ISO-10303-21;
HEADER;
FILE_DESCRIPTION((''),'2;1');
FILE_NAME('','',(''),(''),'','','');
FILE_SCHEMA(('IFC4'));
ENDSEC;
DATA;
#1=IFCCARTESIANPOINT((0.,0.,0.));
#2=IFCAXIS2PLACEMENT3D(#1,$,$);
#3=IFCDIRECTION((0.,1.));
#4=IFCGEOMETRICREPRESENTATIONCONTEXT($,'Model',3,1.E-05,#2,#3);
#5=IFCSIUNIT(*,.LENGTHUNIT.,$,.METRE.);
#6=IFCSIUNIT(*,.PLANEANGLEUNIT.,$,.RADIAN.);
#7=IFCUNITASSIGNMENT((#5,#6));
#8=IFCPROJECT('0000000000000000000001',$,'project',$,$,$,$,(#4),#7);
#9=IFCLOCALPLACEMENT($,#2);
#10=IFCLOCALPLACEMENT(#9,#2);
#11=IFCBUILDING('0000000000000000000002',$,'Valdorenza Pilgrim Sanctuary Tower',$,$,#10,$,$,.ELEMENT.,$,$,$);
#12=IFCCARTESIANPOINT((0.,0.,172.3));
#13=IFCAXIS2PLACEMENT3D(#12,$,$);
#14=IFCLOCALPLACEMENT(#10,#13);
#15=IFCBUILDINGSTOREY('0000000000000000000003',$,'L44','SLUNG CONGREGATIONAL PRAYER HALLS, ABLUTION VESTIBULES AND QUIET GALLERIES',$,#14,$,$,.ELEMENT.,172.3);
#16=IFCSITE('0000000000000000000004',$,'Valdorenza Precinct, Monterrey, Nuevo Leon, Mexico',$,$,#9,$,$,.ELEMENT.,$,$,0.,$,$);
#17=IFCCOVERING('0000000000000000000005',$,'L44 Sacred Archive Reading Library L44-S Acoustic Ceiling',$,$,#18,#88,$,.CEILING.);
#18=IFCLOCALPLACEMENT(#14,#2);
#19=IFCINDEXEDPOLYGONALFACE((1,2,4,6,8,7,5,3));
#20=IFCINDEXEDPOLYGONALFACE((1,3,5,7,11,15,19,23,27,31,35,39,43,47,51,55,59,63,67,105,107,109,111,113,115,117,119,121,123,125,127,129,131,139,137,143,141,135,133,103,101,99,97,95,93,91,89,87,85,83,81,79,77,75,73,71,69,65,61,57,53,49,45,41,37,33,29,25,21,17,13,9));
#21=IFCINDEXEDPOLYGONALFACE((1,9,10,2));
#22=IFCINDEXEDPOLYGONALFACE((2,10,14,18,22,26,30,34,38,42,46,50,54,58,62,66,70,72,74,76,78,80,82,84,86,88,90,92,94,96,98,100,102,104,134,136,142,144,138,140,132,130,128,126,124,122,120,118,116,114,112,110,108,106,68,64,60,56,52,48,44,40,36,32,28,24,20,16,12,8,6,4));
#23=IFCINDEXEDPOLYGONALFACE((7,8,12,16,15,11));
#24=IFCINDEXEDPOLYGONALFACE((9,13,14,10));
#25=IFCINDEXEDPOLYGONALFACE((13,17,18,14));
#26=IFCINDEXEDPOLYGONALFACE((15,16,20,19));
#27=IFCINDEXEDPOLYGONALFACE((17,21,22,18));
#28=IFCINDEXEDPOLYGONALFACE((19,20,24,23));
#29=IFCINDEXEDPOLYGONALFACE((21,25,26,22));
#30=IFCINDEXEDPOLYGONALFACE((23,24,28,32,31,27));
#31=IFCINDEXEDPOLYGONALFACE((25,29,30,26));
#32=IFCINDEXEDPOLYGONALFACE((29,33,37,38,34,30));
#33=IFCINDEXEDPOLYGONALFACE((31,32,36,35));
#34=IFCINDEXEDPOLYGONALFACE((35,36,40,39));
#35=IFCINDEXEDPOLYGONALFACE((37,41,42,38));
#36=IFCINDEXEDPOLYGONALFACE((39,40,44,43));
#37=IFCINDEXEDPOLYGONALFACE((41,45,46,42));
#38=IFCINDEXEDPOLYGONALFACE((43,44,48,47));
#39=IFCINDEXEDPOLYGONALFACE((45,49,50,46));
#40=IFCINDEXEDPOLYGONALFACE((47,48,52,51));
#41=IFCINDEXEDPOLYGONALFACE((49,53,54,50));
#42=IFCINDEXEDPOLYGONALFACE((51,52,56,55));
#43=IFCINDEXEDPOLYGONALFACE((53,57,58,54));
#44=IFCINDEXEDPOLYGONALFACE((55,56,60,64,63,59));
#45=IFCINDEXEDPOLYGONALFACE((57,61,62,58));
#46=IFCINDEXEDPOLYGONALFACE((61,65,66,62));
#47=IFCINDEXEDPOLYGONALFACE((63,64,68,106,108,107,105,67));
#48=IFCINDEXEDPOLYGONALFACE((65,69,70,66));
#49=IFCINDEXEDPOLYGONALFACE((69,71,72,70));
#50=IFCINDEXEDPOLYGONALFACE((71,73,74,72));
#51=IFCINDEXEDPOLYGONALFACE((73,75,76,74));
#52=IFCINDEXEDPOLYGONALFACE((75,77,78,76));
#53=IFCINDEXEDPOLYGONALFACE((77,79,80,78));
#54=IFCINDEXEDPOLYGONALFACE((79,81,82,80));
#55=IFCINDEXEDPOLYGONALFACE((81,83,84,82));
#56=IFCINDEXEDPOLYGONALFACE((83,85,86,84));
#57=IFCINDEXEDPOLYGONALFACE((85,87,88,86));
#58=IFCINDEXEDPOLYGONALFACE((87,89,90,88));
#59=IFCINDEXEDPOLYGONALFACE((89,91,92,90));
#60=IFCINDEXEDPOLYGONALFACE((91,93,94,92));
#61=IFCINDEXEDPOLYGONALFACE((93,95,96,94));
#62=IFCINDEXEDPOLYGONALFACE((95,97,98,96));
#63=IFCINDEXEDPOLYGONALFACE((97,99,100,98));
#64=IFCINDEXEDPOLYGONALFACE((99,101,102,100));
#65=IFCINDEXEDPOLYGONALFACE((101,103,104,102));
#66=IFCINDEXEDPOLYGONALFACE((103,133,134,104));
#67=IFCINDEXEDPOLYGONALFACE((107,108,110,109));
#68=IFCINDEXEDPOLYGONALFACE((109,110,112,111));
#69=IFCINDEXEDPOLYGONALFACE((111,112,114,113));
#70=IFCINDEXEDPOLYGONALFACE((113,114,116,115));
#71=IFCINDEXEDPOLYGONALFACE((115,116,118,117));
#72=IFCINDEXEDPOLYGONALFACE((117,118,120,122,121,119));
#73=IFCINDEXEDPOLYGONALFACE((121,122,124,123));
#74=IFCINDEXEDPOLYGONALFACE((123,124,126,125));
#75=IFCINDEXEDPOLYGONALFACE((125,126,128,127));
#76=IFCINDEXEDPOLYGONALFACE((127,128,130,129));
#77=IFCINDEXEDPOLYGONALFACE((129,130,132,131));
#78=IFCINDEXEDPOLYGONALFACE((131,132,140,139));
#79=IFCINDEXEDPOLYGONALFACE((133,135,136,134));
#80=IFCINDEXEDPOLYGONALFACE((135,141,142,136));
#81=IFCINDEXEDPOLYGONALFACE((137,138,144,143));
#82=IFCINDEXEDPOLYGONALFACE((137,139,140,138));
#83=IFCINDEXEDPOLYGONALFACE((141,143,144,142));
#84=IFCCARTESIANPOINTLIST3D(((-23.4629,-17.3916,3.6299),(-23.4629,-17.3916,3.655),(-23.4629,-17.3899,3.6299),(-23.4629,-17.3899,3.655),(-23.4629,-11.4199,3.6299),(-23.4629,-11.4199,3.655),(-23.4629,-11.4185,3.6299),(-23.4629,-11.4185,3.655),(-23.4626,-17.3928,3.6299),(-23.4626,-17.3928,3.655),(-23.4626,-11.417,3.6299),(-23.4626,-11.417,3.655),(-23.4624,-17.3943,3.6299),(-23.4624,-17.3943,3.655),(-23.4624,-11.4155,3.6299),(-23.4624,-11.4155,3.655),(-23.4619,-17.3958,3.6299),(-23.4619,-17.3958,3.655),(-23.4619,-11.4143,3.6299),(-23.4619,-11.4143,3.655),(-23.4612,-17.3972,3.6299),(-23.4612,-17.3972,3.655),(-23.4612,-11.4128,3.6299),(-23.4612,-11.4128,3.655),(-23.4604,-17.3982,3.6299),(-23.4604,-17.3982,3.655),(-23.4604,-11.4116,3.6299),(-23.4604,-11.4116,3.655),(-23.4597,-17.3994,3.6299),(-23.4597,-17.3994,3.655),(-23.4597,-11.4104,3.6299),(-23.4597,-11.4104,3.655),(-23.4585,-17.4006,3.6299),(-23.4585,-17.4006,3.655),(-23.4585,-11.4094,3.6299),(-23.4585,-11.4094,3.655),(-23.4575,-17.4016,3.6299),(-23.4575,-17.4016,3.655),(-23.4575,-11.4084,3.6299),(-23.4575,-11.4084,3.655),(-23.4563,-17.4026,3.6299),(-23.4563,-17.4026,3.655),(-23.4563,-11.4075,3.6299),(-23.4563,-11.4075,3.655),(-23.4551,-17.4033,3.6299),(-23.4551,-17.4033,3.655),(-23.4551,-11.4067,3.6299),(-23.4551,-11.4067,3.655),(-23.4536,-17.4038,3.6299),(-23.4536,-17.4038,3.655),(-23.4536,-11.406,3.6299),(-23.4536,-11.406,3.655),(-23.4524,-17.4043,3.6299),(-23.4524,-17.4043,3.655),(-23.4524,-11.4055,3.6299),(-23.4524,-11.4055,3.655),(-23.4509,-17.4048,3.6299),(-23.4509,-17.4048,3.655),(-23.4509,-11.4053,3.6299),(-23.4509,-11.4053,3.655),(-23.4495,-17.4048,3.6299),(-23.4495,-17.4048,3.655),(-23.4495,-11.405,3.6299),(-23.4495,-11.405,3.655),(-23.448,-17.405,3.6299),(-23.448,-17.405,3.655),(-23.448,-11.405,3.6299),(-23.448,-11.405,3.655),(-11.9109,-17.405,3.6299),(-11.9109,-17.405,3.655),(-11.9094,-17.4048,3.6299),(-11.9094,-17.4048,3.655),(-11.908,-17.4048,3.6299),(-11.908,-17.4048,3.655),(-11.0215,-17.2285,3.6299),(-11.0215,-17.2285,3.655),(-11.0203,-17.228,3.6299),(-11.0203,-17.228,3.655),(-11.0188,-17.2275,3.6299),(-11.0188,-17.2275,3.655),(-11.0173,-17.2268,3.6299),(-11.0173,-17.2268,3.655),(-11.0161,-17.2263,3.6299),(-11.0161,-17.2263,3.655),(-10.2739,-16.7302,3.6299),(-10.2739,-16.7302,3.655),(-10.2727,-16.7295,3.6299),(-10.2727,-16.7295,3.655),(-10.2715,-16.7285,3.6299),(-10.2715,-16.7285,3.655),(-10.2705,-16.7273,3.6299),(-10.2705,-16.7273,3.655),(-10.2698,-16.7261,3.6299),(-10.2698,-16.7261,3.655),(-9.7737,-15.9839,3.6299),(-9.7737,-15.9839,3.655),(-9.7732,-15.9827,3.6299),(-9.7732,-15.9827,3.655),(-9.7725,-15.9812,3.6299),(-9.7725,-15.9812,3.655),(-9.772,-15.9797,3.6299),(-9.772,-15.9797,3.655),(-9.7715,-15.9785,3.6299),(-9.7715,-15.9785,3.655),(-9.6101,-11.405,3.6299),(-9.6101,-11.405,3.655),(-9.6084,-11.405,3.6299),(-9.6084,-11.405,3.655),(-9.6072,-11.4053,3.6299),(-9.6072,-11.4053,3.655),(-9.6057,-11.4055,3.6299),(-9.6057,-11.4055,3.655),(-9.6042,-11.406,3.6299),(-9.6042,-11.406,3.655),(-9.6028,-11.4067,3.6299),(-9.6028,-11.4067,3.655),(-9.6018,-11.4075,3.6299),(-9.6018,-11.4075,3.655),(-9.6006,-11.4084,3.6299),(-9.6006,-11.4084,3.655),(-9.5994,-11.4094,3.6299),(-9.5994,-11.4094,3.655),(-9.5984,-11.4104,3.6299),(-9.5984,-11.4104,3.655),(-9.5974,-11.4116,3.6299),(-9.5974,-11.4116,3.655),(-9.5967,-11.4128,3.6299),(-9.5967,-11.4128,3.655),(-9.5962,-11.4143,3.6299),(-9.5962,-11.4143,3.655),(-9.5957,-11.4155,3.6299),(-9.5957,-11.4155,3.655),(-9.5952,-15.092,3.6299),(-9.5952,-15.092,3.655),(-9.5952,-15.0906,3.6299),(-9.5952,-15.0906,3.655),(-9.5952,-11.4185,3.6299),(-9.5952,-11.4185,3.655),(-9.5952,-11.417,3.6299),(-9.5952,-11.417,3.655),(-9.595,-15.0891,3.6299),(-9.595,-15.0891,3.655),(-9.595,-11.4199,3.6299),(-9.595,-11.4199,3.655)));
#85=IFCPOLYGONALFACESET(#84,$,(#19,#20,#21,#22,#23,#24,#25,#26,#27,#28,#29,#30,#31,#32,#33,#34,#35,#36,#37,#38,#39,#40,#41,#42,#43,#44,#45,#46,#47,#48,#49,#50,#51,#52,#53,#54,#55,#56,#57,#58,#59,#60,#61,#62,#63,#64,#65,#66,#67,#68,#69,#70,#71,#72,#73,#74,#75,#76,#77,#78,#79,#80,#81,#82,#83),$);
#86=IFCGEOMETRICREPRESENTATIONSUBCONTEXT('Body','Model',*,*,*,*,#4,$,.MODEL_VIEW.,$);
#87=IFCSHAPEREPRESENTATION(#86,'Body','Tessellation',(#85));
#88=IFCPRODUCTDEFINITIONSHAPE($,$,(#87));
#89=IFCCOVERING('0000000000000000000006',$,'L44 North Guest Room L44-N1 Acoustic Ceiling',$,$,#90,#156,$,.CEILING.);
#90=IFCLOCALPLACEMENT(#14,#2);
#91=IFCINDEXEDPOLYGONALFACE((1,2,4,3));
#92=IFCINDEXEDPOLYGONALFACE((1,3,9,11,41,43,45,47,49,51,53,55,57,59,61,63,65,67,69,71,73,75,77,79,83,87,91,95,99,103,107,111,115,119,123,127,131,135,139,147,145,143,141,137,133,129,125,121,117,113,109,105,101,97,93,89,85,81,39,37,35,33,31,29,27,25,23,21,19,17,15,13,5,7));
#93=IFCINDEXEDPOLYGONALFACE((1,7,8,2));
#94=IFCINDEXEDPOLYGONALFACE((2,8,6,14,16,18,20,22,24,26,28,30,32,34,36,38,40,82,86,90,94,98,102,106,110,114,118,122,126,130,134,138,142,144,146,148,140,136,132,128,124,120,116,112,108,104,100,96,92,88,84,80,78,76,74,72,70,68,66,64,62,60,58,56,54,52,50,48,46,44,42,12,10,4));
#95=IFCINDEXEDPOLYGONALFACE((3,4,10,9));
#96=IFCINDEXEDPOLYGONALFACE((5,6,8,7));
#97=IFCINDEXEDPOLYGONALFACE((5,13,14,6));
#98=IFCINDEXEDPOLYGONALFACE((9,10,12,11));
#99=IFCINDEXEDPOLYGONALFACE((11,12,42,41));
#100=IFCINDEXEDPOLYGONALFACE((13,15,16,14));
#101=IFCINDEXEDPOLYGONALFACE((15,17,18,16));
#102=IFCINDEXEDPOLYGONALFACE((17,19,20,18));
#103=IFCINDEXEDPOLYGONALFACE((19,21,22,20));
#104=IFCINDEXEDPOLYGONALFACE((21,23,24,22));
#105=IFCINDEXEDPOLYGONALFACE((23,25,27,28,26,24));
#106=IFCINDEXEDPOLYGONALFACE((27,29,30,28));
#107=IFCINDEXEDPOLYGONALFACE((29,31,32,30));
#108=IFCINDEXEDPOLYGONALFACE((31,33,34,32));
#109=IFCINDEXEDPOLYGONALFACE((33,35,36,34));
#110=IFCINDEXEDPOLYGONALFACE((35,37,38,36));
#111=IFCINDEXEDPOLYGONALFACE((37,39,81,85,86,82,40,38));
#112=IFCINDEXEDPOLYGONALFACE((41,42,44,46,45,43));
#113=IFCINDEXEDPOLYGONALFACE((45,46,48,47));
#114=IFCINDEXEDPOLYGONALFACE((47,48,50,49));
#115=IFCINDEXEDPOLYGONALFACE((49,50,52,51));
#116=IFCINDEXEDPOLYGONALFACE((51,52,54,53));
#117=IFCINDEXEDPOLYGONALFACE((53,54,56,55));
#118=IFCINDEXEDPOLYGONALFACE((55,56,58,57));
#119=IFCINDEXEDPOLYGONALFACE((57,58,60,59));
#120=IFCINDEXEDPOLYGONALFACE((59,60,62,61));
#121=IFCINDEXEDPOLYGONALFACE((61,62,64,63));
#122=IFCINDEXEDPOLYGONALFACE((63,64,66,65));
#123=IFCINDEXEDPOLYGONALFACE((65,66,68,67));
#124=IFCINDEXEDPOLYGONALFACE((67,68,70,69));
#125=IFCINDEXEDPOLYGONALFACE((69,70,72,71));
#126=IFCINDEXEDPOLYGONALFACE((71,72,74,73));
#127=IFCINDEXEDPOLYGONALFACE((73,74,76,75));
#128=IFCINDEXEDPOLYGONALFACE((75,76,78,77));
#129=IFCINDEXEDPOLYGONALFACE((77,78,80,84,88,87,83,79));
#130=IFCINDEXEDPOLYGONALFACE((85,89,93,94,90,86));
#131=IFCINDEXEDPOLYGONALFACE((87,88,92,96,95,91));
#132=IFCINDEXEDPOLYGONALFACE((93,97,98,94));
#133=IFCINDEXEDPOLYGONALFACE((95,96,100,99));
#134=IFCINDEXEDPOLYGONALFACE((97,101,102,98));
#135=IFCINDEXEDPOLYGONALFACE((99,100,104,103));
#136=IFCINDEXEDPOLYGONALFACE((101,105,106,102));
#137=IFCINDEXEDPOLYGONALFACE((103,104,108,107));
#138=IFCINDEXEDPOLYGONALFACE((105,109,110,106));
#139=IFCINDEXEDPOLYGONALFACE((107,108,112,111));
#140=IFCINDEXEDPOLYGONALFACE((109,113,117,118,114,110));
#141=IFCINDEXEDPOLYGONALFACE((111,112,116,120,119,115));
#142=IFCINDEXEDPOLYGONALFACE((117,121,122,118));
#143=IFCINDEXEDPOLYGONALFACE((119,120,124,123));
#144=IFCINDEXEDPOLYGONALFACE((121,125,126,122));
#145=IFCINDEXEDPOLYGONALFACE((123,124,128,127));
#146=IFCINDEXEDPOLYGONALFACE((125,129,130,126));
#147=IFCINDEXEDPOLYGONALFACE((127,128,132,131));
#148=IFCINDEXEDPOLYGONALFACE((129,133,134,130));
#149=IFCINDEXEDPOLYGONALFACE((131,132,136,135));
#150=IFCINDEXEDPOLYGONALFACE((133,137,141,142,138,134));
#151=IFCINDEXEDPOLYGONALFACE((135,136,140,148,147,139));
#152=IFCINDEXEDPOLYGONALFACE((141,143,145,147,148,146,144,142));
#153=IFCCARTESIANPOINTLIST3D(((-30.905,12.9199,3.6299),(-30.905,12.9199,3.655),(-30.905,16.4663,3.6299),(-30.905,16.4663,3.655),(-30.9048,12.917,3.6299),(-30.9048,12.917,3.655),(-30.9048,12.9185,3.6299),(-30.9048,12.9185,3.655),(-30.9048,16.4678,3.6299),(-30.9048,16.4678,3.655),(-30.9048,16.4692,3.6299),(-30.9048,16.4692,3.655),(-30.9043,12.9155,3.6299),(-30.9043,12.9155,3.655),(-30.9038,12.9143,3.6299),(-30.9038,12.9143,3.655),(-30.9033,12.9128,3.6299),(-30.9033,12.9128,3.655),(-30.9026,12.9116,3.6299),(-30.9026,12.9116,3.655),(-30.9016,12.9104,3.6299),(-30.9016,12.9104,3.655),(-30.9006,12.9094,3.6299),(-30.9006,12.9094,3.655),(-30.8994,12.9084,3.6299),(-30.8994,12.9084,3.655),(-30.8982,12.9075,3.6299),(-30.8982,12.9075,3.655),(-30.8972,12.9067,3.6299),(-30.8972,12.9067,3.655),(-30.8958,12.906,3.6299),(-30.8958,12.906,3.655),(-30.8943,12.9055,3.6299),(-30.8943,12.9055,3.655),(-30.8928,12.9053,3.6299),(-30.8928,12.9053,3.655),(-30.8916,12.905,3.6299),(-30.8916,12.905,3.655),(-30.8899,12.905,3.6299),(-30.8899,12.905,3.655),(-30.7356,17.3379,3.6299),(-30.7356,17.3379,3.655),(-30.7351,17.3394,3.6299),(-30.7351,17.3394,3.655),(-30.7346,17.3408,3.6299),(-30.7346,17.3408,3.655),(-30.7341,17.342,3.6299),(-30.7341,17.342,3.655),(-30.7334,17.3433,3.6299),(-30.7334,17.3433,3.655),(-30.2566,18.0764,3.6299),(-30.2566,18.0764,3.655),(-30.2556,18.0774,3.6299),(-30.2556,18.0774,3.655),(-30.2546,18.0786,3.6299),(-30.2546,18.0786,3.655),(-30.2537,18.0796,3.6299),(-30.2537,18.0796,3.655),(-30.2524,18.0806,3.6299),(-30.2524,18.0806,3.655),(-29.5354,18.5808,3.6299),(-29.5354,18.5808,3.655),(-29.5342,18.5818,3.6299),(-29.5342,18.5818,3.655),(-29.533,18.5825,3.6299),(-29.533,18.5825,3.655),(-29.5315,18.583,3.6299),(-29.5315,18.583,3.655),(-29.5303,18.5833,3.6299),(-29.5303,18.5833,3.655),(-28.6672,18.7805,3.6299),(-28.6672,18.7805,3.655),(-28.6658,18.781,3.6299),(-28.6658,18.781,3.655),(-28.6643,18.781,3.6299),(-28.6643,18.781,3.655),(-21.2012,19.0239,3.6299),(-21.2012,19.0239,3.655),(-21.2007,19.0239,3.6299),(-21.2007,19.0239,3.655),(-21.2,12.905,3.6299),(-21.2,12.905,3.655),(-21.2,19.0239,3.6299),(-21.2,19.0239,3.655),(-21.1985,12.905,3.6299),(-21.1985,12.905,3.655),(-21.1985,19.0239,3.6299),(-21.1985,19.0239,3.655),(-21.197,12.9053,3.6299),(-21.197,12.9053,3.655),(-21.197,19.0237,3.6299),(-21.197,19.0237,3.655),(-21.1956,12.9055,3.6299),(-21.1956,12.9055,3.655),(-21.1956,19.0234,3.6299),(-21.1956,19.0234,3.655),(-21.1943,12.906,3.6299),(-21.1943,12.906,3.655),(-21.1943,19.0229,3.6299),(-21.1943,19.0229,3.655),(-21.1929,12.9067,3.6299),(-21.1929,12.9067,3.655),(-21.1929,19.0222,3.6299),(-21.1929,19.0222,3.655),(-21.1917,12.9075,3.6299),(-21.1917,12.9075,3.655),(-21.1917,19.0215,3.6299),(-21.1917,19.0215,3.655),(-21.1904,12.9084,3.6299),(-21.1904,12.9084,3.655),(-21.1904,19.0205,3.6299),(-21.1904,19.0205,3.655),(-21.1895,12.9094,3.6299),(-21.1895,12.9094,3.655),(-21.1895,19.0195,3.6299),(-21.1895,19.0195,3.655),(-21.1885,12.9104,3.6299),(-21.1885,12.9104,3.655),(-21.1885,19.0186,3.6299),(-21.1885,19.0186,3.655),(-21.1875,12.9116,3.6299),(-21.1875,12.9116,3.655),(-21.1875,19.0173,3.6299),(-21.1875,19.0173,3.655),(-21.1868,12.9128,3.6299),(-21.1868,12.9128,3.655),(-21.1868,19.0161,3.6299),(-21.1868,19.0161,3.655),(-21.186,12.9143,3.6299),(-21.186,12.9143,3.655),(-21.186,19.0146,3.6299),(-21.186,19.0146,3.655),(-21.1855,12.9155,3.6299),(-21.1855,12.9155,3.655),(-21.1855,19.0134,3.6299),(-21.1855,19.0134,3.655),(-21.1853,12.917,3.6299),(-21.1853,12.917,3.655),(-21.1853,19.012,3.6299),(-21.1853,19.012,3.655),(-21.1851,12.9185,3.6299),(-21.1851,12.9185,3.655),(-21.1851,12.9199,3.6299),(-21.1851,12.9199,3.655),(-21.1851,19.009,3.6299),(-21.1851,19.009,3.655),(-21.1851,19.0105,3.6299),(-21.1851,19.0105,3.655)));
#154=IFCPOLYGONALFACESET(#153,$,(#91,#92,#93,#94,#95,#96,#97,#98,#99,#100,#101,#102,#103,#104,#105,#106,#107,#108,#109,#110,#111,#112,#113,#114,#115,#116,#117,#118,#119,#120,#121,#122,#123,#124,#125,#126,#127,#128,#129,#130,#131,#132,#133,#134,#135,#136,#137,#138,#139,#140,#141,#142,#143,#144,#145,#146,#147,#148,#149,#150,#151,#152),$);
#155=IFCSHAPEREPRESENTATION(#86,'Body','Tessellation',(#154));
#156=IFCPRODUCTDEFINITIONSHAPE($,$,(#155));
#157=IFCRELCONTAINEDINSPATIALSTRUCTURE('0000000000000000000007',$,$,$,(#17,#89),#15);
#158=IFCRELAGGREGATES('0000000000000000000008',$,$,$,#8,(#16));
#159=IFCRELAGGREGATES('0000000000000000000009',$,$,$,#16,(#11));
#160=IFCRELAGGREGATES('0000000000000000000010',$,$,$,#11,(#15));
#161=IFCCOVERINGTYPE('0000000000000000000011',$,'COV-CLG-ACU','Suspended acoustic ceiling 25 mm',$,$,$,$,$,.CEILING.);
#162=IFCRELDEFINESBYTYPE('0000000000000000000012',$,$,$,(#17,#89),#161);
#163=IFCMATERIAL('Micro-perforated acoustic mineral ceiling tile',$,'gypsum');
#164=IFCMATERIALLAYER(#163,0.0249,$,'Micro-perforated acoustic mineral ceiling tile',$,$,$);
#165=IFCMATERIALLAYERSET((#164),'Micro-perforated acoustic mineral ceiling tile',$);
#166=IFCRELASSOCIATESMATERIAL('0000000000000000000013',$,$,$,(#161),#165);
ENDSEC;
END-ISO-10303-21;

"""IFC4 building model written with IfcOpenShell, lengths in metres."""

from ifc_helpers import new_model, si_unit, direction, frame, origin, place, context, subcontext, project, spatial, polyline, outline, extrude, material, layer, layer_set, type_object, element, save


model = new_model("IFC4")

# Units and contexts
model_context = context("Model", 3, precision=1e-05, world=origin(), true_north=direction((0.0, 1.0)))
body_context = subcontext(model_context, "Body", "Model", "MODEL_VIEW")
ifc_project = project(units=[si_unit("LENGTHUNIT", "METRE"), si_unit("PLANEANGLEUNIT", "RADIAN")], contexts=[model_context])

# Site, building, storey
site_placement = place(None, origin())
site = spatial("IfcSite", under=ifc_project, at=site_placement, Name="Valdorenza Precinct, Monterrey, Nuevo Leon, Mexico", CompositionType="ELEMENT", RefElevation=0.0)
building_placement = place(site_placement, origin())
building = spatial("IfcBuilding", under=site, at=building_placement, Name="Valdorenza Pilgrim Sanctuary Tower", CompositionType="ELEMENT")
storey_placement = place(building_placement, frame((0.0, 0.0, 172.3)))
storey = spatial("IfcBuildingStorey", under=building, at=storey_placement, Name="L44", Description="SLUNG CONGREGATIONAL PRAYER HALLS, ABLUTION VESTIBULES AND QUIET GALLERIES", CompositionType="ELEMENT", Elevation=172.3)

# Coverings
ifc_material_1 = material(Name="Micro-perforated acoustic mineral ceiling tile", Category="gypsum")
ifc_layer_1 = layer(ifc_material_1, 0.0249, Name="Micro-perforated acoustic mineral ceiling tile")
ifc_layer_set_1 = layer_set([ifc_layer_1], Name="Micro-perforated acoustic mineral ceiling tile")
covering_type_1 = type_object("IfcCoveringType", Name="COV-CLG-ACU", Description="Suspended acoustic ceiling 25 mm", PredefinedType="CEILING", material=ifc_layer_set_1)
covering_1_placement = place(storey_placement, frame((0.0, 0.0, 3.6299)))
element("IfcCovering", 1, at=covering_1_placement, inside=storey, type_object=covering_type_1, Name="L44 Sacred Archive Reading Library L44-S Acoustic Ceiling", PredefinedType="CEILING", context=body_context, shape_type="SweptSolid", body=[
    extrude(outline(polyline([(-9.6101, -11.405), (-9.6084, -11.405), (-9.6072, -11.4053), (-9.6057, -11.4055), (-9.6042, -11.406), (-9.6028, -11.4067), (-9.6018, -11.4075), (-9.6006, -11.4084), (-9.5994, -11.4094), (-9.5984, -11.4104), (-9.5974, -11.4116), (-9.5967, -11.4128), (-9.5962, -11.4143), (-9.5957, -11.4155), (-9.5952, -11.417), (-9.5952, -11.4185), (-9.595, -11.4199), (-9.595, -15.0891), (-9.5952, -15.0906), (-9.5952, -15.092), (-9.7715, -15.9785), (-9.772, -15.9797), (-9.7725, -15.9812), (-9.7732, -15.9827), (-9.7737, -15.9839), (-10.2698, -16.7261), (-10.2705, -16.7273), (-10.2715, -16.7285), (-10.2727, -16.7295), (-10.2739, -16.7302), (-11.0161, -17.2263), (-11.0173, -17.2268), (-11.0188, -17.2275), (-11.0203, -17.228), (-11.0215, -17.2285), (-11.908, -17.4048), (-11.9094, -17.4048), (-11.9109, -17.405), (-23.448, -17.405), (-23.4495, -17.4048), (-23.4509, -17.4048), (-23.4524, -17.4043), (-23.4536, -17.4038), (-23.4551, -17.4033), (-23.4563, -17.4026), (-23.4575, -17.4016), (-23.4585, -17.4006), (-23.4597, -17.3994), (-23.4604, -17.3982), (-23.4612, -17.3972), (-23.4619, -17.3958), (-23.4624, -17.3943), (-23.4626, -17.3928), (-23.4629, -17.3916), (-23.4629, -17.3899), (-23.4629, -11.4199), (-23.4629, -11.4185), (-23.4626, -11.417), (-23.4624, -11.4155), (-23.4619, -11.4143), (-23.4612, -11.4128), (-23.4604, -11.4116), (-23.4597, -11.4104), (-23.4585, -11.4094), (-23.4575, -11.4084), (-23.4563, -11.4075), (-23.4551, -11.4067), (-23.4536, -11.406), (-23.4524, -11.4055), (-23.4509, -11.4053), (-23.4495, -11.405), (-23.448, -11.405), (-9.6101, -11.405)])), origin(), (0.0, 0.0, 1.0), 0.0251),
])
covering_2_placement = place(storey_placement, frame((0.0, 0.0, 3.6299)))
element("IfcCovering", 2, at=covering_2_placement, inside=storey, type_object=covering_type_1, Name="L44 North Guest Room L44-N1 Acoustic Ceiling", PredefinedType="CEILING", context=body_context, shape_type="SweptSolid", body=[
    extrude(outline(polyline([(-30.7356, 17.3379), (-30.7351, 17.3394), (-30.7346, 17.3408), (-30.7341, 17.342), (-30.7334, 17.3433), (-30.2566, 18.0764), (-30.2556, 18.0774), (-30.2546, 18.0786), (-30.2537, 18.0796), (-30.2524, 18.0806), (-29.5354, 18.5808), (-29.5342, 18.5818), (-29.533, 18.5825), (-29.5315, 18.583), (-29.5303, 18.5833), (-28.6672, 18.7805), (-28.6658, 18.781), (-28.6643, 18.781), (-21.2012, 19.0239), (-21.2007, 19.0239), (-21.2, 19.0239), (-21.1985, 19.0239), (-21.197, 19.0237), (-21.1956, 19.0234), (-21.1943, 19.0229), (-21.1929, 19.0222), (-21.1917, 19.0215), (-21.1904, 19.0205), (-21.1895, 19.0195), (-21.1885, 19.0186), (-21.1875, 19.0173), (-21.1868, 19.0161), (-21.186, 19.0146), (-21.1855, 19.0134), (-21.1853, 19.012), (-21.1851, 19.0105), (-21.1851, 19.009), (-21.1851, 12.9199), (-21.1851, 12.9185), (-21.1853, 12.917), (-21.1855, 12.9155), (-21.186, 12.9143), (-21.1868, 12.9128), (-21.1875, 12.9116), (-21.1885, 12.9104), (-21.1895, 12.9094), (-21.1904, 12.9084), (-21.1917, 12.9075), (-21.1929, 12.9067), (-21.1943, 12.906), (-21.1956, 12.9055), (-21.197, 12.9053), (-21.1985, 12.905), (-21.2, 12.905), (-30.8899, 12.905), (-30.8916, 12.905), (-30.8928, 12.9053), (-30.8943, 12.9055), (-30.8958, 12.906), (-30.8972, 12.9067), (-30.8982, 12.9075), (-30.8994, 12.9084), (-30.9006, 12.9094), (-30.9016, 12.9104), (-30.9026, 12.9116), (-30.9033, 12.9128), (-30.9038, 12.9143), (-30.9043, 12.9155), (-30.9048, 12.917), (-30.9048, 12.9185), (-30.905, 12.9199), (-30.905, 16.4663), (-30.9048, 16.4678), (-30.9048, 16.4692), (-30.7356, 17.3379)])), origin(), (0.0, 0.0, 1.0), 0.0251),
])

save(model, "model.ifc")
